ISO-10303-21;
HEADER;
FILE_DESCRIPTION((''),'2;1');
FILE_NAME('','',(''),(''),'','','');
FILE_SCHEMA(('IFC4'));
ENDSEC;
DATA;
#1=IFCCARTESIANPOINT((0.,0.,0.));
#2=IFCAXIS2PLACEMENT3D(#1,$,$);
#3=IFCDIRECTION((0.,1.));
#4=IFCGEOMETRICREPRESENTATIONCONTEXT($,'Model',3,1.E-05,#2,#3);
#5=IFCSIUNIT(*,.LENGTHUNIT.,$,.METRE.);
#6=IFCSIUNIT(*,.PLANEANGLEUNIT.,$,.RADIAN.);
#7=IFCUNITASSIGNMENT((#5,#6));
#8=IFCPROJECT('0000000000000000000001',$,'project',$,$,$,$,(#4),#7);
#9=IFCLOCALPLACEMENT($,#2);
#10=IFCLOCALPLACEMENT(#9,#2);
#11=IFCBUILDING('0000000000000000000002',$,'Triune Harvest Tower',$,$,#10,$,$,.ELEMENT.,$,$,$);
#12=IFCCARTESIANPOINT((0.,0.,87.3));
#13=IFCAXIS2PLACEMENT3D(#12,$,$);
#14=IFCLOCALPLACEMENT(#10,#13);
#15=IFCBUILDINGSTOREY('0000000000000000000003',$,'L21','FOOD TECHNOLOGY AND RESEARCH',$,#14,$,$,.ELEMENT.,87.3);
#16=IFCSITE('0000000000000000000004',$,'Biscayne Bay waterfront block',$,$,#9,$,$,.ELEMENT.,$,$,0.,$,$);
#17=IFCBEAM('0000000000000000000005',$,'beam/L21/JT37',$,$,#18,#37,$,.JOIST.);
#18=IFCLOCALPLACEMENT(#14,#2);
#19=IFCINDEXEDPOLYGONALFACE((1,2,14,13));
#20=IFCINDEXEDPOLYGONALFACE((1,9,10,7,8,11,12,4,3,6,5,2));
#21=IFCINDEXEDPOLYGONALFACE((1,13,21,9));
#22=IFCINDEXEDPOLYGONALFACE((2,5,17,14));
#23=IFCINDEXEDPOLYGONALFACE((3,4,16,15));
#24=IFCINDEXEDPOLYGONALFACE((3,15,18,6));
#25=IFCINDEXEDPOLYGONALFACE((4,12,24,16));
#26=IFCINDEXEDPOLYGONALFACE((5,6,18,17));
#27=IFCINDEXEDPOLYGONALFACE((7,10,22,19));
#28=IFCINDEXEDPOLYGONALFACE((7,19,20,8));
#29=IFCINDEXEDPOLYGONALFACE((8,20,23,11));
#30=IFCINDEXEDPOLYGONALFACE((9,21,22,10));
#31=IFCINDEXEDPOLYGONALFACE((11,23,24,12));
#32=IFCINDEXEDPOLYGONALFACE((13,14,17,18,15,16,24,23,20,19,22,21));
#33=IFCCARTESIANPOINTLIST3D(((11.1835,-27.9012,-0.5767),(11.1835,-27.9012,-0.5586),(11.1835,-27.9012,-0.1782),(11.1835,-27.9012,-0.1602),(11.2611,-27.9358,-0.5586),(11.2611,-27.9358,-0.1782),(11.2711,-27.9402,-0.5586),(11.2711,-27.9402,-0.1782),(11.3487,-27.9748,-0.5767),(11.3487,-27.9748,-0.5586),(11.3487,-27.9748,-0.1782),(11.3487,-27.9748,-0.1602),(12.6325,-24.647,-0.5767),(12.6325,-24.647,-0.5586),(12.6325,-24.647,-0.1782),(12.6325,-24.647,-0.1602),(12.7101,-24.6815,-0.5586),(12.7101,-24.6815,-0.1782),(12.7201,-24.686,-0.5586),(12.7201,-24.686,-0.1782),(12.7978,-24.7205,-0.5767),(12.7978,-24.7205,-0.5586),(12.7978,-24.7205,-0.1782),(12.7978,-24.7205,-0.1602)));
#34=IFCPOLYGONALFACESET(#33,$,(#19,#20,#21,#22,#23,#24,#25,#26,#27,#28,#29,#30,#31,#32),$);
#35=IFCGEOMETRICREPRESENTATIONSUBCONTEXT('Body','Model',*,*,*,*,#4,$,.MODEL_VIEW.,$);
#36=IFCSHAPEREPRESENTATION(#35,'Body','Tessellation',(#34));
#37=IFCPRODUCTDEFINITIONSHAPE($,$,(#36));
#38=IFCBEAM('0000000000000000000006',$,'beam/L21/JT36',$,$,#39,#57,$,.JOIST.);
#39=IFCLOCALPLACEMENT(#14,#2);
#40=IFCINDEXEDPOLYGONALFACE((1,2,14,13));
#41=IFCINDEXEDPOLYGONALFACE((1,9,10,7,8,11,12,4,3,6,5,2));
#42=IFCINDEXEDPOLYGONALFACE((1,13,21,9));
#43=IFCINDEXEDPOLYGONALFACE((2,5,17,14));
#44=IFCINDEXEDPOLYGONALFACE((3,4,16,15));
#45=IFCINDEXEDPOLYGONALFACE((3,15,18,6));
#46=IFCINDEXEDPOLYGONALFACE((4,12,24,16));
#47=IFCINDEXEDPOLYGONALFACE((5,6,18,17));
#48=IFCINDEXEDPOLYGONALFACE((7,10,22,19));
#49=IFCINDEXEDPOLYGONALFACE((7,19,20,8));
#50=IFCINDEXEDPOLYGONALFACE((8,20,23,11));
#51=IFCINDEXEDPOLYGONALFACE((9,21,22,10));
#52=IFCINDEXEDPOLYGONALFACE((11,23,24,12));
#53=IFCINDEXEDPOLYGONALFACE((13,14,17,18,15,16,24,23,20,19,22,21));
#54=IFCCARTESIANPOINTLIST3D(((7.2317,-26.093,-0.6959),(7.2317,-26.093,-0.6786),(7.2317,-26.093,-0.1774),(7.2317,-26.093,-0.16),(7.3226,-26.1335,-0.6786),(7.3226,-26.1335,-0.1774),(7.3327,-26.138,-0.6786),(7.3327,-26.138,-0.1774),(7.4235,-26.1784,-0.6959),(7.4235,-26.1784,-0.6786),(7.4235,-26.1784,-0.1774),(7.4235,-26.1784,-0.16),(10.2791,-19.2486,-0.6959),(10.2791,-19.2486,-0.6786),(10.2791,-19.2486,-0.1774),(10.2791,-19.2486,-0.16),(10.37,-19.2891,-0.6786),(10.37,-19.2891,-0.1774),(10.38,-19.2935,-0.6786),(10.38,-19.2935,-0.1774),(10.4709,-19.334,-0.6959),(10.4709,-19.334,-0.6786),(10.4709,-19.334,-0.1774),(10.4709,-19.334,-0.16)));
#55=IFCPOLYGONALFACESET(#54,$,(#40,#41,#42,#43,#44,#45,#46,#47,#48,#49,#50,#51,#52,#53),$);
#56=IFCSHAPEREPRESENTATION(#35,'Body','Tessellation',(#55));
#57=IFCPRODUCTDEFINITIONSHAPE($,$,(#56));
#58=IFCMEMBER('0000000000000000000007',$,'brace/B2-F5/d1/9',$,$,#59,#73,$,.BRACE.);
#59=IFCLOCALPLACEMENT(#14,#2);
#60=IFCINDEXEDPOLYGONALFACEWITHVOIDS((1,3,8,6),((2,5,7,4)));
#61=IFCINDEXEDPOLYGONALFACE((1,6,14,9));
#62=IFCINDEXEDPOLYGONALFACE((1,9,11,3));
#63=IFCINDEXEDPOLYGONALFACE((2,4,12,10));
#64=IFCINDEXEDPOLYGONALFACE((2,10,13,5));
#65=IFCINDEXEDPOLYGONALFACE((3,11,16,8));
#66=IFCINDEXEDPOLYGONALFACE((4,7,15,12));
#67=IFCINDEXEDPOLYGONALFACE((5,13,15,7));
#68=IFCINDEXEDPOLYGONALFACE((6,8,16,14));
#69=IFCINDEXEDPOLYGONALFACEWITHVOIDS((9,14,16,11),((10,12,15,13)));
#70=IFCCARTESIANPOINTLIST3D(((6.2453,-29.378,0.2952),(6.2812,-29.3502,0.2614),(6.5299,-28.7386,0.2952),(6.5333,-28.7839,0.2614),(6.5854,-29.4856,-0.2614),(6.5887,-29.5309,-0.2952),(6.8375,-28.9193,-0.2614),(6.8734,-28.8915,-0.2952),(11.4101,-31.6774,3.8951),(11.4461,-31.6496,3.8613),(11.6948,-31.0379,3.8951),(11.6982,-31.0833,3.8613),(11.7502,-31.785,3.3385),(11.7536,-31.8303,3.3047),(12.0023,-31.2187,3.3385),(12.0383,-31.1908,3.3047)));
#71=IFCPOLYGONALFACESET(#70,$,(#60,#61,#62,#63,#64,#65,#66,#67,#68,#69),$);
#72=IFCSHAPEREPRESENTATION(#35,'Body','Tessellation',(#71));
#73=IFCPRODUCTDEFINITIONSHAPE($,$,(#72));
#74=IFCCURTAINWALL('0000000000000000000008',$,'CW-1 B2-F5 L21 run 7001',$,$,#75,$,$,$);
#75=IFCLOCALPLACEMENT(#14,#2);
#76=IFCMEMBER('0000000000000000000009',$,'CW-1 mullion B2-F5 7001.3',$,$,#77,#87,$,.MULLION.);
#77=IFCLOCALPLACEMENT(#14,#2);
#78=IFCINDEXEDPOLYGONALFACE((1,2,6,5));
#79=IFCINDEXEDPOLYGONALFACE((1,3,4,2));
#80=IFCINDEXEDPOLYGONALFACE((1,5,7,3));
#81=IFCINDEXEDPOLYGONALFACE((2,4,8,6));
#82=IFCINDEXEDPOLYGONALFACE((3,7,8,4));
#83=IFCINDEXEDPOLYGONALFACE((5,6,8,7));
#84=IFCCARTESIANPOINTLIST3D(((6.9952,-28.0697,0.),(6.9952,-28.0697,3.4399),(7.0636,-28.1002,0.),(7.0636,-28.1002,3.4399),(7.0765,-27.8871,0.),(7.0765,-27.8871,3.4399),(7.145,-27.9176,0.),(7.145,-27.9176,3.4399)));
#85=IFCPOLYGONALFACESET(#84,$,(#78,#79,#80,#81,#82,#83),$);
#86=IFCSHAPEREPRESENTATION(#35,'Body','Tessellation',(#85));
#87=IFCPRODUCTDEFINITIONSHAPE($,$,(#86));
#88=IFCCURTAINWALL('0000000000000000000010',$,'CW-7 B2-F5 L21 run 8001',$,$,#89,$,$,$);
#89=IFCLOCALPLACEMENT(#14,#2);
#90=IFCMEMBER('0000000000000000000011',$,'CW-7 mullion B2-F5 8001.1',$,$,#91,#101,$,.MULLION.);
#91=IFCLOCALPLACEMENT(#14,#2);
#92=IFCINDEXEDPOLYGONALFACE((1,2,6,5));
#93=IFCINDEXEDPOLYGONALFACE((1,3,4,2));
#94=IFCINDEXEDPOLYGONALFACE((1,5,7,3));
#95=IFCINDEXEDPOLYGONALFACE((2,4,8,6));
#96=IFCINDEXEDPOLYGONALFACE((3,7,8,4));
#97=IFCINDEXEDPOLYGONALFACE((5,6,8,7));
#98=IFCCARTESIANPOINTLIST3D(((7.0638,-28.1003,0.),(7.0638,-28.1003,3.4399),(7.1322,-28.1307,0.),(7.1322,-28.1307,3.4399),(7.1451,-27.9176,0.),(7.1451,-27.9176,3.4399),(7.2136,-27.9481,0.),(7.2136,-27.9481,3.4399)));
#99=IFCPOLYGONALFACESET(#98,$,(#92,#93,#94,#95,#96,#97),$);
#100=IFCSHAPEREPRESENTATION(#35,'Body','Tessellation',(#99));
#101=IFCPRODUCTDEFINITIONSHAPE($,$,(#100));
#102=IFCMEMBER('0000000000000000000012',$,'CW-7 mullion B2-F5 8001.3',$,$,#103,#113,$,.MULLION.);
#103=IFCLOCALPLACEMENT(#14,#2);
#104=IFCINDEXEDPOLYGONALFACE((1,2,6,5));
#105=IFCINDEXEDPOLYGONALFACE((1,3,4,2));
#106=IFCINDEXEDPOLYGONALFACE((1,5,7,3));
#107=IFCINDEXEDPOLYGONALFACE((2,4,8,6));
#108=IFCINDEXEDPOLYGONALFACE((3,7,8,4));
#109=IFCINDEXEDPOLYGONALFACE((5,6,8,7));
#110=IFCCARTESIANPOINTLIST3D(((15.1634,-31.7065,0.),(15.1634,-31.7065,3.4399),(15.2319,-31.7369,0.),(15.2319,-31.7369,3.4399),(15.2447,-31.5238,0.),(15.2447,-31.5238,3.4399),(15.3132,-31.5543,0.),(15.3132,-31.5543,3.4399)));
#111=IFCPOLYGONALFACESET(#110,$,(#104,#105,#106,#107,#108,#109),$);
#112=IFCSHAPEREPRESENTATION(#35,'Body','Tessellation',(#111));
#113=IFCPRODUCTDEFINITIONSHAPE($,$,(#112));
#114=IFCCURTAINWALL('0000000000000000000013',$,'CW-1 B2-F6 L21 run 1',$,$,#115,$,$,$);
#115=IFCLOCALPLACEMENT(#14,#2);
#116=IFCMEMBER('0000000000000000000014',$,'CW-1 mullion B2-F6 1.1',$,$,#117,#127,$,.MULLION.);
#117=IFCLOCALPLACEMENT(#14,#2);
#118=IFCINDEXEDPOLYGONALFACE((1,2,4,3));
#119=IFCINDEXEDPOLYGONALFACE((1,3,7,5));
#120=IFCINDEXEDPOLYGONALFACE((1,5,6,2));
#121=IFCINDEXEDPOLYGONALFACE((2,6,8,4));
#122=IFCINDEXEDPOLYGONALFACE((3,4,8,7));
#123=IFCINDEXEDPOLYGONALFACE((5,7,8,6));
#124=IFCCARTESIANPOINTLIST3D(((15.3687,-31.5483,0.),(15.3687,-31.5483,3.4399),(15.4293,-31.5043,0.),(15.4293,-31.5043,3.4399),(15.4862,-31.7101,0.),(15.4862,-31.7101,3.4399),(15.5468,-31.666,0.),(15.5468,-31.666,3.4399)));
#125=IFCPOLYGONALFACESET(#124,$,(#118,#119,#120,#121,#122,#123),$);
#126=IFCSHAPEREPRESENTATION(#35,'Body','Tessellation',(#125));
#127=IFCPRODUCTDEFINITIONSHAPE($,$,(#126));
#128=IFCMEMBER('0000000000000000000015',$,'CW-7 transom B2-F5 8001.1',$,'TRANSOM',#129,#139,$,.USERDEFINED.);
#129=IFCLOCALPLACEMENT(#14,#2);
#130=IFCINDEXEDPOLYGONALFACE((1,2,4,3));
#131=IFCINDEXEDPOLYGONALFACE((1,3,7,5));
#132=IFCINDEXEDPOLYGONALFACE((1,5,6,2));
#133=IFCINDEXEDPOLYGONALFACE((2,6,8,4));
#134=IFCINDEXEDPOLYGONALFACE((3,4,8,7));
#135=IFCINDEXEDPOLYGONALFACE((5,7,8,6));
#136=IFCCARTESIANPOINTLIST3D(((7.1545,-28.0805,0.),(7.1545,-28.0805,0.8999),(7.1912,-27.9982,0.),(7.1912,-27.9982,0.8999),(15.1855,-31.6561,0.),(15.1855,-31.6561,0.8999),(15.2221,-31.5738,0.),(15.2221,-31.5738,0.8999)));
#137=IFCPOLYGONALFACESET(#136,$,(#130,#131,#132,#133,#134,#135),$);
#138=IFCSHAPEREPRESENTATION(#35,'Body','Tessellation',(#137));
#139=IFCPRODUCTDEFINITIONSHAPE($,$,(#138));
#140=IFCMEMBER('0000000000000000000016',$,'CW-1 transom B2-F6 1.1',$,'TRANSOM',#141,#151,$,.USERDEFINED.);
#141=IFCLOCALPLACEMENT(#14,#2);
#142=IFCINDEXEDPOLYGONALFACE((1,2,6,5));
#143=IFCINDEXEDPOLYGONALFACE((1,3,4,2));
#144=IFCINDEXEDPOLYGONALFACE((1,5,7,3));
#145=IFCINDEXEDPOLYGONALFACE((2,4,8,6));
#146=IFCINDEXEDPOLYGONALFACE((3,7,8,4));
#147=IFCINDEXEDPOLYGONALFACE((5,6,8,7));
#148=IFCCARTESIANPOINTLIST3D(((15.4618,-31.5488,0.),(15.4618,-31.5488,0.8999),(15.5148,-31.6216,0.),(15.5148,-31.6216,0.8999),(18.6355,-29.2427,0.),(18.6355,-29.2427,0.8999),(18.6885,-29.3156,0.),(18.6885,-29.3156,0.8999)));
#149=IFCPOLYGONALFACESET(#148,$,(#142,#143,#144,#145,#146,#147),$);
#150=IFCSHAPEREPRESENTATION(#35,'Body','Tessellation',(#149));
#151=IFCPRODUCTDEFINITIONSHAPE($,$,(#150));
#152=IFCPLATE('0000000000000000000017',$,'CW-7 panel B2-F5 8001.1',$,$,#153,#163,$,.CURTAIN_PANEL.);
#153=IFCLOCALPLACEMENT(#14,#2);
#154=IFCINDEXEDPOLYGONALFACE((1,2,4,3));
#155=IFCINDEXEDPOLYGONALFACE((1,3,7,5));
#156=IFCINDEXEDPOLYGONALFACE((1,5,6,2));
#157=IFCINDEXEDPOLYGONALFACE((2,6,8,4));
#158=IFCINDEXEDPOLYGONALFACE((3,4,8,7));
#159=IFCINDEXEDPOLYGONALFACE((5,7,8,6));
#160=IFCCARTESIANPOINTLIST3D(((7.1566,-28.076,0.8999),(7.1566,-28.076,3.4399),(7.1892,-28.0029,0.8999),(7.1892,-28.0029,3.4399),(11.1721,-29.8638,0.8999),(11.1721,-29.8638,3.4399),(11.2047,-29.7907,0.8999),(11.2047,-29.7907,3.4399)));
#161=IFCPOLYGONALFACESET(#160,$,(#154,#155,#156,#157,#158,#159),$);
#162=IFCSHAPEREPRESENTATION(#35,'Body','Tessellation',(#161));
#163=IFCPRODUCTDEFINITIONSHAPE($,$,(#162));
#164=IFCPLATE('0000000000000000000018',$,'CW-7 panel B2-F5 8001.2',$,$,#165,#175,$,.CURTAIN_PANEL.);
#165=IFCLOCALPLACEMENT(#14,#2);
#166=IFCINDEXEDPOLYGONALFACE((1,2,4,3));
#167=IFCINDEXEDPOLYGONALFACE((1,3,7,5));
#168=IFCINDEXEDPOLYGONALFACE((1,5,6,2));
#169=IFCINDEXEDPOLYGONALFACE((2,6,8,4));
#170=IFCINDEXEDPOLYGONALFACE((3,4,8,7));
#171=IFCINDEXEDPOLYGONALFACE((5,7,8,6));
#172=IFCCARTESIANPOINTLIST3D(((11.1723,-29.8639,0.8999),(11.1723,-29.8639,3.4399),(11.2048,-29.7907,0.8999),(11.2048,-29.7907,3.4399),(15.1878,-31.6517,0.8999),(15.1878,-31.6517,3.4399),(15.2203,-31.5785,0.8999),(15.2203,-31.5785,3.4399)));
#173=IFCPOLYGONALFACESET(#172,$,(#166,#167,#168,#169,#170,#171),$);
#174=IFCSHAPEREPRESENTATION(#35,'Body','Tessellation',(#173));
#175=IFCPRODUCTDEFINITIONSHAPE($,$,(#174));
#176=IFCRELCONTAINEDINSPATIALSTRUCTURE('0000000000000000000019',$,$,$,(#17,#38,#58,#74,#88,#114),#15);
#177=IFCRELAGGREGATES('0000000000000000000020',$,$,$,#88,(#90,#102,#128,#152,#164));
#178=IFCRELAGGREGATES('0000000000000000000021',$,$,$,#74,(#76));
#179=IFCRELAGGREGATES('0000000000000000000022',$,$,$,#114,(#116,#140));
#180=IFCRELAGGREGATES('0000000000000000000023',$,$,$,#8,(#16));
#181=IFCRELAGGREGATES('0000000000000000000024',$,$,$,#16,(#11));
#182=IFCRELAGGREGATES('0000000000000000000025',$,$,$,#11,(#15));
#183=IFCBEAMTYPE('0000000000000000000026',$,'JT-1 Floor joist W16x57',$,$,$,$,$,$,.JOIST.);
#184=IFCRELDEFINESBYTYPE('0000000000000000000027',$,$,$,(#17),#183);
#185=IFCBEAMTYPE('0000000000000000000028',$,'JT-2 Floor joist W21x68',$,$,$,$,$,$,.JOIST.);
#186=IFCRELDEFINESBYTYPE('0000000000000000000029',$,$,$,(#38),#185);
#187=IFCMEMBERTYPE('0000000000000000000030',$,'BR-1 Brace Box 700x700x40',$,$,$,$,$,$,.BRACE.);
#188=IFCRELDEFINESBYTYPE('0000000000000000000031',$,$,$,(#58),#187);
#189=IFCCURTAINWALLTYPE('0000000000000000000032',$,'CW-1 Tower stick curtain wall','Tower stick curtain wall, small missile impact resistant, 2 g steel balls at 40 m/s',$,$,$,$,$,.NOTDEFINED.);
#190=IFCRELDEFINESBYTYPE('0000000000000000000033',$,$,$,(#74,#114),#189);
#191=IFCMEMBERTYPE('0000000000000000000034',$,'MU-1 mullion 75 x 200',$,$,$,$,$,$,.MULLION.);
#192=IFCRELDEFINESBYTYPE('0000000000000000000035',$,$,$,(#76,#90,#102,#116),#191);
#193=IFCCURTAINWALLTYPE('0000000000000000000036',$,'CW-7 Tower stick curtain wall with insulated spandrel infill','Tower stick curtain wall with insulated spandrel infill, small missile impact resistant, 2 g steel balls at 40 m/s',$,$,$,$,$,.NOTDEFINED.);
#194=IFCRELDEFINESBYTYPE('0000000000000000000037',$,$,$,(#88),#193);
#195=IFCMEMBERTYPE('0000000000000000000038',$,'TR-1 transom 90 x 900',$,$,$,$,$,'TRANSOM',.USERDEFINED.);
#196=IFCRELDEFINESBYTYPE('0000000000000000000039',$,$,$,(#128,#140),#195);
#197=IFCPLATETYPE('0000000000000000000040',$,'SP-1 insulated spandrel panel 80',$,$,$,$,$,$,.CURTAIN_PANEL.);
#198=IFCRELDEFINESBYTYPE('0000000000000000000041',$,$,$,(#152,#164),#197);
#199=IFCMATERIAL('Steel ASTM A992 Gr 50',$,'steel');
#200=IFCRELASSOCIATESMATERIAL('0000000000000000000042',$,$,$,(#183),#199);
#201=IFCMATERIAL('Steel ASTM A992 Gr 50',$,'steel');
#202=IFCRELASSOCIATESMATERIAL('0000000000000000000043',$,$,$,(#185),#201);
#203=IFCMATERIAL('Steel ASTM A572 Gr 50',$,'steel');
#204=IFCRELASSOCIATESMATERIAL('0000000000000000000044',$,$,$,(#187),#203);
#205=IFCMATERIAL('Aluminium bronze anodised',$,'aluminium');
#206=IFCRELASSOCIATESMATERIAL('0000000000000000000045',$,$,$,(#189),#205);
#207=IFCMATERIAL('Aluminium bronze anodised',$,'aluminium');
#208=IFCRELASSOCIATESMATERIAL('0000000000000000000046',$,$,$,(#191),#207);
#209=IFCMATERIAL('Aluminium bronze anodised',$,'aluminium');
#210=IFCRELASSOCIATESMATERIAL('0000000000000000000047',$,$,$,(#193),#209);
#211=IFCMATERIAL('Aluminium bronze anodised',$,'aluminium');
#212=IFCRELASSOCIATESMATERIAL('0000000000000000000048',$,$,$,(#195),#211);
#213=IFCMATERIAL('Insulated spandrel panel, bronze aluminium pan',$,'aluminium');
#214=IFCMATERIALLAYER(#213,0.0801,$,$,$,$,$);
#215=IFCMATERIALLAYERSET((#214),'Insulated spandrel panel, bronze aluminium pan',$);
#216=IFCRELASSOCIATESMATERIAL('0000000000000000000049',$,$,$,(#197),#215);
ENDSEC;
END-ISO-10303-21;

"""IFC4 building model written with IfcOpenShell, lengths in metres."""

from ifc_helpers import new_model, si_unit, direction, frame, origin, origin_2d, place, context, subcontext, project, spatial, rectangle, hollow_rectangle, i_section, extrude, source, transform, mapped, material, layer, layer_set, material_profile, profile_set, type_object, element, aggregate, save


model = new_model("IFC4")

# Units and contexts
model_context = context("Model", 3, precision=1e-05, world=origin(), true_north=direction((0.0, 1.0)))
body_context = subcontext(model_context, "Body", "Model", "MODEL_VIEW")
ifc_project = project(units=[si_unit("LENGTHUNIT", "METRE"), si_unit("PLANEANGLEUNIT", "RADIAN")], contexts=[model_context])

# Site, building, storey
site_placement = place(None, origin())
site = spatial("IfcSite", under=ifc_project, at=site_placement, Name="Biscayne Bay waterfront block", CompositionType="ELEMENT", RefElevation=0.0)
building_placement = place(site_placement, origin())
building = spatial("IfcBuilding", under=site, at=building_placement, Name="Triune Harvest Tower", CompositionType="ELEMENT")
storey_placement = place(building_placement, frame((0.0, 0.0, 87.3)))
storey = spatial("IfcBuildingStorey", under=building, at=storey_placement, Name="L21", Description="FOOD TECHNOLOGY AND RESEARCH", CompositionType="ELEMENT", Elevation=87.3)

# Beams
ifc_material_1 = material(Name="Steel ASTM A992 Gr 50", Category="steel")
ifc_material_profile_1 = material_profile(ifc_material_1, i_section(OverallWidth=0.1809, OverallDepth=0.4165, WebThickness=0.011, FlangeThickness=0.0181, at=origin_2d()), Name="W16x57")
ifc_profile_set_1 = profile_set([ifc_material_profile_1], Name="Steel ASTM A992 Gr 50")
beam_type_1 = type_object("IfcBeamType", Name="JT-1 Floor joist W16x57", PredefinedType="JOIST", material=ifc_profile_set_1)
shared_shape_1 = source(origin(), body_context, "Body", "SweptSolid", [
    extrude(i_section(OverallWidth=0.1809, OverallDepth=0.4165, WebThickness=0.011, FlangeThickness=0.0181, at=origin_2d()), origin(), (0.0, 0.0, 1.0), 3.5623),
])
beam_1_placement = place(storey_placement, frame((11.2661, -27.938, -0.3684), z_axis=(0.406768, 0.913532, 0.0), x_axis=(-0.913532, 0.406768, 0.0)))
element("IfcBeam", 1, at=beam_1_placement, inside=storey, type_object=beam_type_1, Name="beam/L21/JT37", PredefinedType="JOIST", context=body_context, shape_type="MappedRepresentation", body=[
    mapped(shared_shape_1, transform((0.0, 0.0, 0.0), scale=1.0)),
])
ifc_material_2 = material(Name="Steel ASTM A992 Gr 50", Category="steel")
ifc_material_profile_2 = material_profile(ifc_material_2, i_section(OverallWidth=0.21, OverallDepth=0.5359, WebThickness=0.011, FlangeThickness=0.0173, at=origin_2d()), Name="W21x68")
ifc_profile_set_2 = profile_set([ifc_material_profile_2], Name="Steel ASTM A992 Gr 50")
beam_type_2 = type_object("IfcBeamType", Name="JT-2 Floor joist W21x68", PredefinedType="JOIST", material=ifc_profile_set_2)
shared_shape_2 = source(origin(), body_context, "Body", "SweptSolid", [
    extrude(i_section(OverallWidth=0.21, OverallDepth=0.5359, WebThickness=0.011, FlangeThickness=0.0173, at=origin_2d()), origin(), (0.0, 0.0, 1.0), 7.4922),
])
beam_2_placement = place(storey_placement, frame((7.3276, -26.1357, -0.428), z_axis=(0.406737, 0.913545, 0.0), x_axis=(-0.913545, 0.406737, 0.0)))
element("IfcBeam", 2, at=beam_2_placement, inside=storey, type_object=beam_type_2, Name="beam/L21/JT36", PredefinedType="JOIST", context=body_context, shape_type="MappedRepresentation", body=[
    mapped(shared_shape_2, transform((0.0, 0.0, 0.0), scale=1.0)),
])

# Member
ifc_material_3 = material(Name="Steel ASTM A572 Gr 50", Category="steel")
ifc_material_profile_3 = material_profile(ifc_material_3, hollow_rectangle(XDim=0.7, YDim=0.7, WallThickness=0.04, at=origin_2d()), Name="Box 700x700x40")
ifc_profile_set_3 = profile_set([ifc_material_profile_3], Name="Steel ASTM A572 Gr 50")
member_type_1 = type_object("IfcMemberType", Name="BR-1 Brace Box 700x700x40", PredefinedType="BRACE", material=ifc_profile_set_3)
shared_shape_3 = source(origin(), body_context, "Body", "SweptSolid", [
    extrude(hollow_rectangle(XDim=0.7, YDim=0.7, WallThickness=0.04, at=origin_2d()), origin(), (0.0, 0.0, 1.0), 6.7024),
])
member_1_placement = place(storey_placement, frame((6.5593, -29.1348, 0.0), z_axis=(0.7706, -0.343063, 0.537107), x_axis=(0.406707, 0.913558, 0.0)))
element("IfcMember", 3, at=member_1_placement, inside=storey, type_object=member_type_1, Name="brace/B2-F5/d1/9", PredefinedType="BRACE", context=body_context, shape_type="MappedRepresentation", body=[
    mapped(shared_shape_3, transform((0.0, 0.0, 0.0), scale=1.0)),
])

# Curtain wall, member
ifc_material_4 = material(Name="Aluminium bronze anodised", Category="aluminium")
curtain_wall_type_1 = type_object("IfcCurtainWallType", Name="CW-1 Tower stick curtain wall", Description="Tower stick curtain wall, small missile impact resistant, 2 g steel balls at 40 m/s", PredefinedType="NOTDEFINED", material=ifc_material_4)
curtain_wall_1_placement = place(storey_placement, origin())
curtain_wall_1 = element("IfcCurtainWall", 4, at=curtain_wall_1_placement, inside=storey, type_object=curtain_wall_type_1, Name="CW-1 B2-F5 L21 run 7001")
ifc_material_5 = material(Name="Aluminium bronze anodised", Category="aluminium")
ifc_material_profile_4 = material_profile(ifc_material_5, rectangle(XDim=0.2, YDim=0.075, at=origin_2d()), Name="MU-1 mullion 75 x 200")
ifc_profile_set_4 = profile_set([ifc_material_profile_4], Name="Aluminium bronze anodised")
member_type_2 = type_object("IfcMemberType", Name="MU-1 mullion 75 x 200", PredefinedType="MULLION", material=ifc_profile_set_4)
shared_shape_4 = source(origin(), body_context, "Body", "SweptSolid", [
    extrude(rectangle(XDim=0.2, YDim=0.075, at=origin_2d()), origin(), (0.0, 0.0, 1.0), 3.4399),
])
member_2_placement = place(storey_placement, frame((7.0701, -27.9937, 0.0), z_axis=(0.0, 0.0, 1.0), x_axis=(0.406739, 0.913544, 0.0)))
member_2 = element("IfcMember", 5, at=member_2_placement, type_object=member_type_2, Name="CW-1 mullion B2-F5 7001.3", PredefinedType="MULLION", context=body_context, shape_type="MappedRepresentation", body=[
    mapped(shared_shape_4, transform((0.0, 0.0, 0.0), scale=1.0)),
])

# Curtain wall, members
ifc_material_6 = material(Name="Aluminium bronze anodised", Category="aluminium")
curtain_wall_type_2 = type_object("IfcCurtainWallType", Name="CW-7 Tower stick curtain wall with insulated spandrel infill", Description="Tower stick curtain wall with insulated spandrel infill, small missile impact resistant, 2 g steel balls at 40 m/s", PredefinedType="NOTDEFINED", material=ifc_material_6)
curtain_wall_2_placement = place(storey_placement, origin())
curtain_wall_2 = element("IfcCurtainWall", 6, at=curtain_wall_2_placement, inside=storey, type_object=curtain_wall_type_2, Name="CW-7 B2-F5 L21 run 8001")
member_3_placement = place(storey_placement, frame((7.1387, -28.0242, 0.0), z_axis=(0.0, 0.0, 1.0), x_axis=(0.406735, 0.913546, 0.0)))
member_3 = element("IfcMember", 7, at=member_3_placement, type_object=member_type_2, Name="CW-7 mullion B2-F5 8001.1", PredefinedType="MULLION", context=body_context, shape_type="MappedRepresentation", body=[
    mapped(shared_shape_4, transform((0.0, 0.0, 0.0), scale=1.0)),
])
member_4_placement = place(storey_placement, frame((15.2383, -31.6304, 0.0), z_axis=(0.0, 0.0, 1.0), x_axis=(0.406735, 0.913546, 0.0)))
member_4 = element("IfcMember", 8, at=member_4_placement, type_object=member_type_2, Name="CW-7 mullion B2-F5 8001.3", PredefinedType="MULLION", context=body_context, shape_type="MappedRepresentation", body=[
    mapped(shared_shape_4, transform((0.0, 0.0, 0.0), scale=1.0)),
])

# Curtain wall, member
curtain_wall_3_placement = place(storey_placement, origin())
curtain_wall_3 = element("IfcCurtainWall", 9, at=curtain_wall_3_placement, inside=storey, type_object=curtain_wall_type_1, Name="CW-1 B2-F6 L21 run 1")
member_5_placement = place(storey_placement, frame((15.4578, -31.6072, 0.0), z_axis=(0.0, 0.0, 1.0), x_axis=(-0.587795, 0.80901, 0.0)))
member_5 = element("IfcMember", 10, at=member_5_placement, type_object=member_type_2, Name="CW-1 mullion B2-F6 1.1", PredefinedType="MULLION", context=body_context, shape_type="MappedRepresentation", body=[
    mapped(shared_shape_4, transform((0.0, 0.0, 0.0), scale=1.0)),
])

# Members
ifc_material_7 = material(Name="Aluminium bronze anodised", Category="aluminium")
ifc_material_profile_5 = material_profile(ifc_material_7, rectangle(XDim=0.0901, YDim=0.8999, at=origin_2d()), Name="TR-1 transom 90 x 900")
ifc_profile_set_5 = profile_set([ifc_material_profile_5], Name="Aluminium bronze anodised")
member_type_3 = type_object("IfcMemberType", Name="TR-1 transom 90 x 900", ElementType="TRANSOM", PredefinedType="USERDEFINED", material=ifc_profile_set_5)
shared_shape_5 = source(origin(), body_context, "Body", "SweptSolid", [
    extrude(rectangle(XDim=0.0901, YDim=0.8999, at=origin_2d()), origin(), (0.0, 0.0, 1.0), 8.791),
])
member_6_placement = place(storey_placement, frame((7.1729, -28.0393, 0.45), z_axis=(0.913543, -0.406741, 0.0), x_axis=(0.406741, 0.913543, 0.0)))
member_6 = element("IfcMember", 11, at=member_6_placement, type_object=member_type_3, Name="CW-7 transom B2-F5 8001.1", ObjectType="TRANSOM", PredefinedType="USERDEFINED", context=body_context, shape_type="MappedRepresentation", body=[
    mapped(shared_shape_5, transform((0.0, 0.0, 0.0), scale=1.0)),
])
shared_shape_6 = source(origin(), body_context, "Body", "SweptSolid", [
    extrude(rectangle(XDim=0.0901, YDim=0.8999, at=origin_2d()), origin(), (0.0, 0.0, 1.0), 3.9231),
])
member_7_placement = place(storey_placement, frame((15.4883, -31.5852, 0.45), z_axis=(0.808989, 0.587824, 0.0), x_axis=(-0.587824, 0.808989, 0.0)))
member_7 = element("IfcMember", 12, at=member_7_placement, type_object=member_type_3, Name="CW-1 transom B2-F6 1.1", ObjectType="TRANSOM", PredefinedType="USERDEFINED", context=body_context, shape_type="MappedRepresentation", body=[
    mapped(shared_shape_6, transform((0.0, 0.0, 0.0), scale=1.0)),
])

# Plates
ifc_material_8 = material(Name="Insulated spandrel panel, bronze aluminium pan", Category="aluminium")
ifc_layer_1 = layer(ifc_material_8, 0.0801)
ifc_layer_set_1 = layer_set([ifc_layer_1], Name="Insulated spandrel panel, bronze aluminium pan")
plate_type_1 = type_object("IfcPlateType", Name="SP-1 insulated spandrel panel 80", PredefinedType="CURTAIN_PANEL", material=ifc_layer_set_1)
shared_shape_7 = source(origin(), body_context, "Body", "SweptSolid", [
    extrude(rectangle(XDim=4.3955, YDim=0.0801, at=origin_2d()), origin(), (0.0, 0.0, 1.0), 2.54),
])
plate_1_placement = place(storey_placement, frame((9.1807, -28.9333, 0.8999), z_axis=(0.0, 0.0, 1.0), x_axis=(0.913546, -0.406735, 0.0)))
plate_1 = element("IfcPlate", 13, at=plate_1_placement, type_object=plate_type_1, Name="CW-7 panel B2-F5 8001.1", PredefinedType="CURTAIN_PANEL", context=body_context, shape_type="MappedRepresentation", body=[
    mapped(shared_shape_7, transform((0.0, 0.0, 0.0), scale=1.0)),
])
plate_2_placement = place(storey_placement, frame((13.1963, -30.7212, 0.8999), z_axis=(0.0, 0.0, 1.0), x_axis=(0.913546, -0.406735, 0.0)))
plate_2 = element("IfcPlate", 14, at=plate_2_placement, type_object=plate_type_1, Name="CW-7 panel B2-F5 8001.2", PredefinedType="CURTAIN_PANEL", context=body_context, shape_type="MappedRepresentation", body=[
    mapped(shared_shape_7, transform((0.0, 0.0, 0.0), scale=1.0)),
])
aggregate(curtain_wall_2, [member_3, member_4, member_6, plate_1, plate_2])
aggregate(curtain_wall_1, [member_2])
aggregate(curtain_wall_3, [member_5, member_7])

save(model, "model.ifc")
